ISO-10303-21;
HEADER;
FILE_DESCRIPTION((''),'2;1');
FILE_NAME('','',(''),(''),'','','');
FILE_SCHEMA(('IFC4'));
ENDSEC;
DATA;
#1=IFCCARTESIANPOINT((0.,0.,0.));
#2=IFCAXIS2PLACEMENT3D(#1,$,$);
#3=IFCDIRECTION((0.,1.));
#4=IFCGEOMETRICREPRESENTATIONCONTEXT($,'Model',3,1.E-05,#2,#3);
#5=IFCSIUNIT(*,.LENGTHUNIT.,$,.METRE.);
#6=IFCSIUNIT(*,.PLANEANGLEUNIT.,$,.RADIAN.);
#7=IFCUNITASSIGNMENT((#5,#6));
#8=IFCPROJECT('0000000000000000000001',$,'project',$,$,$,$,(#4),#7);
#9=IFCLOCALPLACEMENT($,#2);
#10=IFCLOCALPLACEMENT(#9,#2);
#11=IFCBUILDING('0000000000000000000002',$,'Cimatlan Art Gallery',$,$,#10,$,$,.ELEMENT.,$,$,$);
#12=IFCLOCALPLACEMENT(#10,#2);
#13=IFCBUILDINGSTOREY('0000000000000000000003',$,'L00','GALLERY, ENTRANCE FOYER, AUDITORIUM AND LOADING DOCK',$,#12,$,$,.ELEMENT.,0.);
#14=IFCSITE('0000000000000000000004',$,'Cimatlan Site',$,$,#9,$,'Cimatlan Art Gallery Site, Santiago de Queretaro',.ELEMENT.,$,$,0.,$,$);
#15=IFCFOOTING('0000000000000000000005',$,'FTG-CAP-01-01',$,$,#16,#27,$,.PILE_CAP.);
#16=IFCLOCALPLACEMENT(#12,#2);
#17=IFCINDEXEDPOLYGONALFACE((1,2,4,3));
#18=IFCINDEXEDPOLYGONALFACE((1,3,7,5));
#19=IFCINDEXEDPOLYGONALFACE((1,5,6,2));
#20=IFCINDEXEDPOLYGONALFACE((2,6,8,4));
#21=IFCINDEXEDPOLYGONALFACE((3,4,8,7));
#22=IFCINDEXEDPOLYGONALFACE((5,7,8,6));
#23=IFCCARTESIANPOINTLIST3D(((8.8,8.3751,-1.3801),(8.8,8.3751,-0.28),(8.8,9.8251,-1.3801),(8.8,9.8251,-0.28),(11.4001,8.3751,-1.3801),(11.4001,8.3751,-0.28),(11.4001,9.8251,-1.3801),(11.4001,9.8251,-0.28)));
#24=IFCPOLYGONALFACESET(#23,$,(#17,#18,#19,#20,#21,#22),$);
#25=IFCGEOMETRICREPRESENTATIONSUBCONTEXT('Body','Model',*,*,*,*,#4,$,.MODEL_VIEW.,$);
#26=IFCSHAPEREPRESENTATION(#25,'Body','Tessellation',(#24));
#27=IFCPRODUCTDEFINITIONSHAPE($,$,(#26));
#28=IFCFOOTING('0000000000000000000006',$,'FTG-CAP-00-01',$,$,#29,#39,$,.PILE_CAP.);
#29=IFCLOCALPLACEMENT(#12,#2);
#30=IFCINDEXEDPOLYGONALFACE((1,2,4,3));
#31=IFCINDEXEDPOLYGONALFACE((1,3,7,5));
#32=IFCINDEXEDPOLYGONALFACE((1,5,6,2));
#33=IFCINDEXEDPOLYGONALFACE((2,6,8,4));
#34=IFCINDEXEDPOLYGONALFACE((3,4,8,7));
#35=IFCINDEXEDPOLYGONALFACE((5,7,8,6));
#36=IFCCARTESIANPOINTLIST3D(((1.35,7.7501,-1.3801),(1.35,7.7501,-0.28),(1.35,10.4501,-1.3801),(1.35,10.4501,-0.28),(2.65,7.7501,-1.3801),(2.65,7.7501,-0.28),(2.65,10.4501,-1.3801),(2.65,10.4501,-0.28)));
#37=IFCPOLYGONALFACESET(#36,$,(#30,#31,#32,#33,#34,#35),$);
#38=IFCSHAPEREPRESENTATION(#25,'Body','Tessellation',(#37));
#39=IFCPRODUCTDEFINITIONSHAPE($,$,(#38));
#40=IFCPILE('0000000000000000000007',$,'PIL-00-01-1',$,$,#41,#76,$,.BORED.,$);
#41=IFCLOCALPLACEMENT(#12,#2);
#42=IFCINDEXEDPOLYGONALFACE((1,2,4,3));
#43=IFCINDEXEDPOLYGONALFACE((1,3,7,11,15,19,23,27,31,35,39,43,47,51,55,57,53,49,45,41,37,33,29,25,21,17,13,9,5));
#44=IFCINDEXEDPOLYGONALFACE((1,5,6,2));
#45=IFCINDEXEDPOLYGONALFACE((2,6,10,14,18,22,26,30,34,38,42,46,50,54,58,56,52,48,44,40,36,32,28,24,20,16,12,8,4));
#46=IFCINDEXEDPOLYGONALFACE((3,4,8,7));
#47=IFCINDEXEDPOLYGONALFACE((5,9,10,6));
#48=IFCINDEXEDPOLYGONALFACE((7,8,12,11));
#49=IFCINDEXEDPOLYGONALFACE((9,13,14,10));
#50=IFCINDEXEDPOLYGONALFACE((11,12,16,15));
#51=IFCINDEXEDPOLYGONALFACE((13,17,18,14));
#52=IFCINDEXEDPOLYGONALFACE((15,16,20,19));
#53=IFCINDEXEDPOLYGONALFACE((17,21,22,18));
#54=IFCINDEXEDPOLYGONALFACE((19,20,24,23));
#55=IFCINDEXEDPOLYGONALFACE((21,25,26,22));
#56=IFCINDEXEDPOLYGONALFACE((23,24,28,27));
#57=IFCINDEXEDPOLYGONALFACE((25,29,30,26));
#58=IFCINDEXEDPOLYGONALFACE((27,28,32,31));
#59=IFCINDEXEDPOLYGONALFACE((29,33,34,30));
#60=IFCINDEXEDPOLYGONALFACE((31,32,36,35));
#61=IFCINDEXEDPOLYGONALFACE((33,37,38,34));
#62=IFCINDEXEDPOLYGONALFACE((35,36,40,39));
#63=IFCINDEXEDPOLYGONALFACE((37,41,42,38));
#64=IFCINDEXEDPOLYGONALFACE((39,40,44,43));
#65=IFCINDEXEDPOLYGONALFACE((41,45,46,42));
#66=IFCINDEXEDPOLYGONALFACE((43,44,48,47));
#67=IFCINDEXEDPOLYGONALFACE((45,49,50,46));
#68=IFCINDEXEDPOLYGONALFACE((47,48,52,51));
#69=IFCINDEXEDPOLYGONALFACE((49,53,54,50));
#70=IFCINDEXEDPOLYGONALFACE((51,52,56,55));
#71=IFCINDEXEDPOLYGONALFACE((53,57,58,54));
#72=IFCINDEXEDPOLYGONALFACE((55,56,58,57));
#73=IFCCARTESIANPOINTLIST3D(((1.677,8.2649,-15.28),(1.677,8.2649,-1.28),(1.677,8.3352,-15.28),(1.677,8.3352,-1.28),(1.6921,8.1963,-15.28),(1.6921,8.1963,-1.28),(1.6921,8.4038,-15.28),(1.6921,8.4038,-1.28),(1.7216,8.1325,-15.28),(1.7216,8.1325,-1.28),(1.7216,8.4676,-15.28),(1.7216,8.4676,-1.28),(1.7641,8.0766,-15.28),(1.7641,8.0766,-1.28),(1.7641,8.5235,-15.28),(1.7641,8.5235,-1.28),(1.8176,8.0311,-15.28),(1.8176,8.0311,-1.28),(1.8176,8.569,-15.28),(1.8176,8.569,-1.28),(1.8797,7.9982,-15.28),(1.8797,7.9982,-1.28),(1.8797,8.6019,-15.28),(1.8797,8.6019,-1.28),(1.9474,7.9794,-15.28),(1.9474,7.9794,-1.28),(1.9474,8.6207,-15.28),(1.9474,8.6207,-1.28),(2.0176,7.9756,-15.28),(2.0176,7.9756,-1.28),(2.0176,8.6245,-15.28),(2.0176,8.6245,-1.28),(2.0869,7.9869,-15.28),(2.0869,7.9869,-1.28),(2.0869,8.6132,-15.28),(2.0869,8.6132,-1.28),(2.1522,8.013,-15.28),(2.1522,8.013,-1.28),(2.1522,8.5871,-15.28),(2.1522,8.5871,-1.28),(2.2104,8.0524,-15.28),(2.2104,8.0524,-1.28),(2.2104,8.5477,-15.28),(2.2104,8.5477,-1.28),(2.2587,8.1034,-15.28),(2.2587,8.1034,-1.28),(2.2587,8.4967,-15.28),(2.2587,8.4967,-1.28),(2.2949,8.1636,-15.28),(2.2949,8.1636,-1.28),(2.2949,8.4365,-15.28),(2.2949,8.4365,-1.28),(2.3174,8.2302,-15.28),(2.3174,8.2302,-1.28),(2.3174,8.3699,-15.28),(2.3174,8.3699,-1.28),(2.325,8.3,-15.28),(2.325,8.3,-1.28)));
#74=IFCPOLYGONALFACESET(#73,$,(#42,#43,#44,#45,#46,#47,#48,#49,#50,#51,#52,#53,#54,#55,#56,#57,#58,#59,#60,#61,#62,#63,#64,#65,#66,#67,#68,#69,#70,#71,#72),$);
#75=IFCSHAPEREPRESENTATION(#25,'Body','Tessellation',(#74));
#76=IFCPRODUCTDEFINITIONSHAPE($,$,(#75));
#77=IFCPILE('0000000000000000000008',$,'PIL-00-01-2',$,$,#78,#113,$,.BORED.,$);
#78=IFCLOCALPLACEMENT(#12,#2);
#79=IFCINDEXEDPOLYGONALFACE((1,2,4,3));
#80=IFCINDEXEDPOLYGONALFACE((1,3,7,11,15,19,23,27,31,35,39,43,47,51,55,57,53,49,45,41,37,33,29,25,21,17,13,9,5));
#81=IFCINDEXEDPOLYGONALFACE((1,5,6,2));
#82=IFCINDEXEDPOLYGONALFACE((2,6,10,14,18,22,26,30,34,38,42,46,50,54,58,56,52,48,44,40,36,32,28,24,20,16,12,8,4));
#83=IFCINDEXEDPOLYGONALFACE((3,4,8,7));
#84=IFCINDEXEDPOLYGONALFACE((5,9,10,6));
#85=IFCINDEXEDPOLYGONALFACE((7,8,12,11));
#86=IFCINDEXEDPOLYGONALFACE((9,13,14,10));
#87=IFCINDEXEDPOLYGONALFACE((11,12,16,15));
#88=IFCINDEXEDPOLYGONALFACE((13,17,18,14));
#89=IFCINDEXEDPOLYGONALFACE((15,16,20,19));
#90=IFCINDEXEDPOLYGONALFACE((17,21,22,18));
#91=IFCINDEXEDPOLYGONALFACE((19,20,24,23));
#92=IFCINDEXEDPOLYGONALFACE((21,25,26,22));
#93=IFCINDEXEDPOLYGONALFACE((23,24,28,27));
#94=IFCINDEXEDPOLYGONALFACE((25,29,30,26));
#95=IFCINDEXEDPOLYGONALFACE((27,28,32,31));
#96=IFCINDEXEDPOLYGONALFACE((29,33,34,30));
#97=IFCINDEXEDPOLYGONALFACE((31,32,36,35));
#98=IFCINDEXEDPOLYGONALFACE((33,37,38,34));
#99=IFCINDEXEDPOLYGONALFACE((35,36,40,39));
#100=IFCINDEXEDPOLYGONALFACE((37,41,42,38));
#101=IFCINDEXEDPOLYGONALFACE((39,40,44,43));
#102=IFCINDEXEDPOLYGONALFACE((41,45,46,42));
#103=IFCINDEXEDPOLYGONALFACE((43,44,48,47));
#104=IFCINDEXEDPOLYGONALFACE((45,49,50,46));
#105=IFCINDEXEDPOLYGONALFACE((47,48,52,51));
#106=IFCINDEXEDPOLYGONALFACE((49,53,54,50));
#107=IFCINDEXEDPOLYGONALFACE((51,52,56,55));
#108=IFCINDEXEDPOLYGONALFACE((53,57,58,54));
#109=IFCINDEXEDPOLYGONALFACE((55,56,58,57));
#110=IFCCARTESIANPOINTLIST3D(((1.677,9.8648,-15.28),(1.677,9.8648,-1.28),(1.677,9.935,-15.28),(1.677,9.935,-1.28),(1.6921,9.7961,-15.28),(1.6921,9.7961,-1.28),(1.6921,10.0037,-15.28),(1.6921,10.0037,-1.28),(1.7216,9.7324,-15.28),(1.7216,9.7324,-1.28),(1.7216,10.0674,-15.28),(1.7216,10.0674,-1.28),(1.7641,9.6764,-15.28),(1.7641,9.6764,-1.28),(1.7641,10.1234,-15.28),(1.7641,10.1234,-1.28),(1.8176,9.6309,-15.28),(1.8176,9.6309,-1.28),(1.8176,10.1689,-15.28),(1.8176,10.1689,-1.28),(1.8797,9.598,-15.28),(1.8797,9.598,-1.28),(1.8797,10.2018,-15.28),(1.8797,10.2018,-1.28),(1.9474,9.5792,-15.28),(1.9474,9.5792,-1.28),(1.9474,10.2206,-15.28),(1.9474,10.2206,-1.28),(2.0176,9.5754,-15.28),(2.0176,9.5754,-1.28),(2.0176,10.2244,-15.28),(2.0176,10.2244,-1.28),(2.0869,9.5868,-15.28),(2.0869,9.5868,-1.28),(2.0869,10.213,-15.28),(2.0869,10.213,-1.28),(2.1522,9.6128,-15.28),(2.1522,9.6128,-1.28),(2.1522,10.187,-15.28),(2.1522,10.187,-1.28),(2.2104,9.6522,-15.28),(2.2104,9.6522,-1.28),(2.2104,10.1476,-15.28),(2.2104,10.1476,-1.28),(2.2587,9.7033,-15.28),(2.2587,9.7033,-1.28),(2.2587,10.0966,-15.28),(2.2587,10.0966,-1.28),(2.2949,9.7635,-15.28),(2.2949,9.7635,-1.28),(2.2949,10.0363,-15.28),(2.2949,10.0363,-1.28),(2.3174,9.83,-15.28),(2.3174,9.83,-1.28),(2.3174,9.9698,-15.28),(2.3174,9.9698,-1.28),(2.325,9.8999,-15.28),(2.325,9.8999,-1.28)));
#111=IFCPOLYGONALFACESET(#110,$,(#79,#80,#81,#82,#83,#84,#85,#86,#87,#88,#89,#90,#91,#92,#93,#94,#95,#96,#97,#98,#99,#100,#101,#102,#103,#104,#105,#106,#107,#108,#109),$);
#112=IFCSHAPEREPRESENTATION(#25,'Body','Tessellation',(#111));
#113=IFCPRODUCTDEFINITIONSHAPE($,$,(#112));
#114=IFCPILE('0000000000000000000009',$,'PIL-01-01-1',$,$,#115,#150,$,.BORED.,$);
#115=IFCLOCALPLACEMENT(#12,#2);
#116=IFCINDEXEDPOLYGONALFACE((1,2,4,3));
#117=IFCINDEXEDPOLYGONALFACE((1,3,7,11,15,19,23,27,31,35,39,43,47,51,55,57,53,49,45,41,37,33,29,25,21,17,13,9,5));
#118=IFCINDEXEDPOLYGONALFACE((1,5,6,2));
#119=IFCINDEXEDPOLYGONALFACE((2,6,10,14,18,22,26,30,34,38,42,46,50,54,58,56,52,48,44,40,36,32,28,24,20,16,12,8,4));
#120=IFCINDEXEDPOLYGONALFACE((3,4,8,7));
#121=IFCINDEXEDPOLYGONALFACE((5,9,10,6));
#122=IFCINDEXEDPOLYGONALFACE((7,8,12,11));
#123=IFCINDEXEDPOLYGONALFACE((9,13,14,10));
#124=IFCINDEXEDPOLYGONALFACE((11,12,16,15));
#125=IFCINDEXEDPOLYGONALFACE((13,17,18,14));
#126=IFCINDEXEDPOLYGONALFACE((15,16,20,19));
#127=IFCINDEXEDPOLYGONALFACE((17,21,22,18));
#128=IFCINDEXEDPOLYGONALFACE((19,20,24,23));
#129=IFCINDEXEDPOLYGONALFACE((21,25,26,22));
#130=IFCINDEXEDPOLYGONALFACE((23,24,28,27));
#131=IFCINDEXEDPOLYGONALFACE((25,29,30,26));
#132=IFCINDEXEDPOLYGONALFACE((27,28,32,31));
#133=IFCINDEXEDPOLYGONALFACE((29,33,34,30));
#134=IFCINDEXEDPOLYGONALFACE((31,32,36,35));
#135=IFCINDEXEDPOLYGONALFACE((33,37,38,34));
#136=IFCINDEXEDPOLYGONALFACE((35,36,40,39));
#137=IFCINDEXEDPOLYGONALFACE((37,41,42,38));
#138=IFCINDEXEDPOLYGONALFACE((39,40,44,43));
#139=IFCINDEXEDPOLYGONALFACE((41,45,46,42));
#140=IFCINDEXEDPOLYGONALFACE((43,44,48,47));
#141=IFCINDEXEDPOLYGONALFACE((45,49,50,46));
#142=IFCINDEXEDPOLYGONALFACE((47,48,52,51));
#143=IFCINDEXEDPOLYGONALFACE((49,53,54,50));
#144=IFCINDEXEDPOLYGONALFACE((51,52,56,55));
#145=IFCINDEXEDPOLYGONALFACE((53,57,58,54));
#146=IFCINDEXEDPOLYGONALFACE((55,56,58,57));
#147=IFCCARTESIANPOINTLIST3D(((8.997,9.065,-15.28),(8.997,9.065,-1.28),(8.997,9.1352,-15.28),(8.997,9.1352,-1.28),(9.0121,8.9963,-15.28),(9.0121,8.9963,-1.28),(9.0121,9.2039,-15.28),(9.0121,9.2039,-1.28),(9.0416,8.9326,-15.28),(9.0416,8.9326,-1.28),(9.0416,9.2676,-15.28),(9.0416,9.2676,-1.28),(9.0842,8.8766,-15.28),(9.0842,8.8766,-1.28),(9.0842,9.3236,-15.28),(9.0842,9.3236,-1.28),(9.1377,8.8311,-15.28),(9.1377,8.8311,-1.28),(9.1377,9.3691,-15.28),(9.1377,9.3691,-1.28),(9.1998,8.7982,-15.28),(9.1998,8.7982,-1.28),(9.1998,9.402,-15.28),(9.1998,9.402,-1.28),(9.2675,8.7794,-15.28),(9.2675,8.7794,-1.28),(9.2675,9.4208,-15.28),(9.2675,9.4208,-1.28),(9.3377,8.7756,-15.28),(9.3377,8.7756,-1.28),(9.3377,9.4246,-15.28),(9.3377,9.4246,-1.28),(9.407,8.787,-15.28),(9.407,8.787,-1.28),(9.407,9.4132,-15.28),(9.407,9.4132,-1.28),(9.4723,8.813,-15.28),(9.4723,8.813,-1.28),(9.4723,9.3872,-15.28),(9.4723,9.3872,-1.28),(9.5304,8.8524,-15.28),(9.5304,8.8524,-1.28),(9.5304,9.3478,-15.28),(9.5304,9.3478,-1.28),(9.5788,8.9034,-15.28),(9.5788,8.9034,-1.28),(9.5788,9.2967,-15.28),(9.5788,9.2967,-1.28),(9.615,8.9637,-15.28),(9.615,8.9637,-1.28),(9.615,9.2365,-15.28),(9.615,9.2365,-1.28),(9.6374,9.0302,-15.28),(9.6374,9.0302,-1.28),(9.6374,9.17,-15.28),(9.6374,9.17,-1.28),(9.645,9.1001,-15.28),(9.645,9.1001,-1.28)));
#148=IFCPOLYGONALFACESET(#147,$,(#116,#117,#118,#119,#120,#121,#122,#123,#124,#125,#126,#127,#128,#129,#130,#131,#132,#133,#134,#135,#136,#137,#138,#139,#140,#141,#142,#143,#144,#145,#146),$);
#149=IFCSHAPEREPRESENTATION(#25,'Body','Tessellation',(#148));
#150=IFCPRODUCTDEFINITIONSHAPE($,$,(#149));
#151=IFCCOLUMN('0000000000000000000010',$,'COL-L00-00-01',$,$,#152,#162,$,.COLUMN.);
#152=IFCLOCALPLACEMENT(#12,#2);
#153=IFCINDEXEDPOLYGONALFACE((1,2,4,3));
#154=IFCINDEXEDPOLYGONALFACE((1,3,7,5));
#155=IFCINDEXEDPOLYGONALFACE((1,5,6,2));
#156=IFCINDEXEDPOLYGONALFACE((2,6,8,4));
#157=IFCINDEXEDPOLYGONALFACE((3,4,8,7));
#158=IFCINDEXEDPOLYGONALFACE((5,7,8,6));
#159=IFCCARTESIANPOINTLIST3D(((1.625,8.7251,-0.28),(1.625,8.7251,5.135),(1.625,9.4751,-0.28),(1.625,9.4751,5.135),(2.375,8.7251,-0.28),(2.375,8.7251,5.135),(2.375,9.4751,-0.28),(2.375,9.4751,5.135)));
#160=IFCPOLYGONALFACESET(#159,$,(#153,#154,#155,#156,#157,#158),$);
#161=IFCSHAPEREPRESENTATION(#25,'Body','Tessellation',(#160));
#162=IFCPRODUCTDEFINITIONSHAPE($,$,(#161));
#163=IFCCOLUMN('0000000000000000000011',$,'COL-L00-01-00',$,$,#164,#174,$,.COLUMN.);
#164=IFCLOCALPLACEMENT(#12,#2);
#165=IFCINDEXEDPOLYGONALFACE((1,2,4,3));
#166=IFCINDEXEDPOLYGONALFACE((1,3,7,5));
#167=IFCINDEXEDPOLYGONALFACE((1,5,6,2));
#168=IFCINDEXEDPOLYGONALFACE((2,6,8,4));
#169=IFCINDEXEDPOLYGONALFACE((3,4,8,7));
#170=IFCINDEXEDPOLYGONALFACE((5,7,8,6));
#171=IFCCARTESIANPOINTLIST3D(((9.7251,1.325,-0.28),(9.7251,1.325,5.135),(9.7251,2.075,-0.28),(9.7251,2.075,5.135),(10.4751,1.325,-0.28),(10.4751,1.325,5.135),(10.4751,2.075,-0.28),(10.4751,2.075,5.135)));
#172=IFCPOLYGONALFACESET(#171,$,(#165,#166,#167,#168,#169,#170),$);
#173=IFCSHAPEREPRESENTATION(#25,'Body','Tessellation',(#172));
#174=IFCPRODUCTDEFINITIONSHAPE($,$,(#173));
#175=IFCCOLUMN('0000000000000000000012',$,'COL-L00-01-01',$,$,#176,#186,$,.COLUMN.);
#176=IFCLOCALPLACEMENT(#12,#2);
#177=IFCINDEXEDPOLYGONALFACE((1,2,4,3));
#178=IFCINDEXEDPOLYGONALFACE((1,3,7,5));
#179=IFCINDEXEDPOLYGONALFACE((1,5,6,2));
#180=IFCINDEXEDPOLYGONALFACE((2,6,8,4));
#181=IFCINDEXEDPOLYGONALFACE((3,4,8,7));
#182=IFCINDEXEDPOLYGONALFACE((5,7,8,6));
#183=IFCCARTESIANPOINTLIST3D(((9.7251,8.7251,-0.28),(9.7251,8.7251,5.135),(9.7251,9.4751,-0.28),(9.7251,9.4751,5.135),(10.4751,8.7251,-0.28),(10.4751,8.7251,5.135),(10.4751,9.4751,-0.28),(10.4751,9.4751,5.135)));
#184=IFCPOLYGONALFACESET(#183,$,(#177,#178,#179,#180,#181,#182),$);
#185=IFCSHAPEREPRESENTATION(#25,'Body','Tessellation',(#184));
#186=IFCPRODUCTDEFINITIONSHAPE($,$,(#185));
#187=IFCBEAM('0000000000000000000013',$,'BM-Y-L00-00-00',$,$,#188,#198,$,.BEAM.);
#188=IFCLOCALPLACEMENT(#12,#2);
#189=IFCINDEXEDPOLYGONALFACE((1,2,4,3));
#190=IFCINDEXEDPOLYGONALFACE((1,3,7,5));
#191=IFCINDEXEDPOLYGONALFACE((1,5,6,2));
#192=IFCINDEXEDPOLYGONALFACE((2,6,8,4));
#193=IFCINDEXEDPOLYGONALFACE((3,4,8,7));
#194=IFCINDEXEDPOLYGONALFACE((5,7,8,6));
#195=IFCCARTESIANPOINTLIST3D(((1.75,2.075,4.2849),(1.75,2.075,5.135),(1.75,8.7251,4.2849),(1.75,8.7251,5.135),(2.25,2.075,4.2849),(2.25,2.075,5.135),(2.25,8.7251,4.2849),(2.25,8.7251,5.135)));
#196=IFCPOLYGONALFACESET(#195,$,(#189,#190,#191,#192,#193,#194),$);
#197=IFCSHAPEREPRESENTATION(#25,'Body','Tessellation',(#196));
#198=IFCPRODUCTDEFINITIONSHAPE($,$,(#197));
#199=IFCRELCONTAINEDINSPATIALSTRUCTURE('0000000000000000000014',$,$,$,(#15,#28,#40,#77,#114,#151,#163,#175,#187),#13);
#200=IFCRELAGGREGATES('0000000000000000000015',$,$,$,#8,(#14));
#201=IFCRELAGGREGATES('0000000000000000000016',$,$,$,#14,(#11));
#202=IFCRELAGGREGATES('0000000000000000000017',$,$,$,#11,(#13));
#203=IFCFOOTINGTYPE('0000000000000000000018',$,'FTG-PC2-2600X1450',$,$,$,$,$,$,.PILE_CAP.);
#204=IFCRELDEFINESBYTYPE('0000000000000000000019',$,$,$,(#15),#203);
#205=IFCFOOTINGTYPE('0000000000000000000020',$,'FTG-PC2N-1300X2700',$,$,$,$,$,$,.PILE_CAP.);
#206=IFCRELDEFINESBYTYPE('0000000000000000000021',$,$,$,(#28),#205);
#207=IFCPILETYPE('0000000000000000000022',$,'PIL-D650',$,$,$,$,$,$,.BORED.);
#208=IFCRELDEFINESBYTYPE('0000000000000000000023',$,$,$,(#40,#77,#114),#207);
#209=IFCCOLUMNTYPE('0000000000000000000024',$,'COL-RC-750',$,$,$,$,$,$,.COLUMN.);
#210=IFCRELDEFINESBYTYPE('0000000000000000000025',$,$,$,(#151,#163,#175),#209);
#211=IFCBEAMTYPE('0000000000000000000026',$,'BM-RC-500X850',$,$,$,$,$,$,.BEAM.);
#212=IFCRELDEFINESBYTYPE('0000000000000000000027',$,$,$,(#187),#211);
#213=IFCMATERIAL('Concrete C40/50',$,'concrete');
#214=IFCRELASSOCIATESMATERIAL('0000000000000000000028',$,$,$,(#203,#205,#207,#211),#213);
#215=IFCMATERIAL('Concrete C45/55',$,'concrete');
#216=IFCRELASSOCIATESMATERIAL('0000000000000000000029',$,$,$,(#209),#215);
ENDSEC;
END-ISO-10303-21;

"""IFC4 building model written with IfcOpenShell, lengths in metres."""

from ifc_helpers import new_model, si_unit, direction, frame, origin, origin_2d, place, context, subcontext, project, spatial, rectangle, circle, extrude, material, material_profile, profile_set, type_object, element, save


model = new_model("IFC4")

# Units and contexts
model_context = context("Model", 3, precision=1e-05, world=origin(), true_north=direction((0.0, 1.0)))
body_context = subcontext(model_context, "Body", "Model", "MODEL_VIEW")
ifc_project = project(units=[si_unit("LENGTHUNIT", "METRE"), si_unit("PLANEANGLEUNIT", "RADIAN")], contexts=[model_context])

# Site, building, storey
site_placement = place(None, origin())
site = spatial("IfcSite", under=ifc_project, at=site_placement, Name="Cimatlan Site", LongName="Cimatlan Art Gallery Site, Santiago de Queretaro", CompositionType="ELEMENT", RefElevation=0.0)
building_placement = place(site_placement, origin())
building = spatial("IfcBuilding", under=site, at=building_placement, Name="Cimatlan Art Gallery", CompositionType="ELEMENT")
storey_placement = place(building_placement, origin())
storey = spatial("IfcBuildingStorey", under=building, at=storey_placement, Name="L00", Description="GALLERY, ENTRANCE FOYER, AUDITORIUM AND LOADING DOCK", CompositionType="ELEMENT", Elevation=0.0)

# Footings
ifc_material_1 = material(Name="Concrete C40/50", Category="concrete")
footing_type_1 = type_object("IfcFootingType", Name="FTG-PC2-2600X1450", PredefinedType="PILE_CAP", material=ifc_material_1)
footing_1_placement = place(storey_placement, frame((10.1001, 9.1001, -1.3801), z_axis=(0.0, 0.0, 1.0), x_axis=(1.0, 0.0, 0.0)))
element("IfcFooting", 1, at=footing_1_placement, inside=storey, type_object=footing_type_1, Name="FTG-CAP-01-01", PredefinedType="PILE_CAP", context=body_context, shape_type="SweptSolid", body=[
    extrude(rectangle(XDim=2.6001, YDim=1.45, at=origin_2d()), origin(), (0.0, 0.0, 1.0), 1.1001),
])
footing_type_2 = type_object("IfcFootingType", Name="FTG-PC2N-1300X2700", PredefinedType="PILE_CAP", material=ifc_material_1)
footing_2_placement = place(storey_placement, frame((2.0, 9.1001, -1.3801), z_axis=(0.0, 0.0, 1.0), x_axis=(1.0, 0.0, 0.0)))
element("IfcFooting", 2, at=footing_2_placement, inside=storey, type_object=footing_type_2, Name="FTG-CAP-00-01", PredefinedType="PILE_CAP", context=body_context, shape_type="SweptSolid", body=[
    extrude(rectangle(XDim=1.3, YDim=2.7, at=origin_2d()), origin(), (0.0, 0.0, 1.0), 1.1001),
])

# Piles
pile_type = type_object("IfcPileType", Name="PIL-D650", PredefinedType="BORED", material=ifc_material_1)
for number, where, z_axis, x_axis, name in (
    (3, (2.0, 8.3, -1.28), (0.0, 0.0, -1.0), (1.0, 0.0, 0.0), "PIL-00-01-1"),
    (4, (2.0, 9.8999, -1.28), (0.0, 0.0, -1.0), (1.0, 0.0, 0.0), "PIL-00-01-2"),
    (5, (9.3201, 9.1001, -1.28), (0.0, 0.0, -1.0), (1.0, 0.0, 0.0), "PIL-01-01-1"),
):
    element("IfcPile", number, at=place(storey_placement, frame(where, z_axis=z_axis, x_axis=x_axis)), inside=storey, type_object=pile_type, Name=name, PredefinedType="BORED", context=body_context, shape_type="SweptSolid", body=[
        extrude(circle(Radius=0.325, at=origin_2d()), origin(), (0.0, 0.0, 1.0), 14.0),
    ])

# Columns
ifc_material_2 = material(Name="Concrete C45/55", Category="concrete")
ifc_material_profile_1 = material_profile(ifc_material_2, rectangle(XDim=0.75, YDim=0.75, at=origin_2d()), Name="RC750X750")
ifc_profile_set_1 = profile_set([ifc_material_profile_1], Name="Concrete C45/55")
column_type = type_object("IfcColumnType", Name="COL-RC-750", PredefinedType="COLUMN", material=ifc_profile_set_1)
for number, where, z_axis, x_axis, name in (
    (6, (2.0, 9.1001, -0.28), (0.0, 0.0, 1.0), (1.0, 0.0, 0.0), "COL-L00-00-01"),
    (7, (10.1001, 1.7, -0.28), (0.0, 0.0, 1.0), (1.0, 0.0, 0.0), "COL-L00-01-00"),
    (8, (10.1001, 9.1001, -0.28), (0.0, 0.0, 1.0), (1.0, 0.0, 0.0), "COL-L00-01-01"),
):
    element("IfcColumn", number, at=place(storey_placement, frame(where, z_axis=z_axis, x_axis=x_axis)), inside=storey, type_object=column_type, Name=name, PredefinedType="COLUMN", context=body_context, shape_type="SweptSolid", body=[
        extrude(rectangle(XDim=0.75, YDim=0.75, at=origin_2d()), origin(), (0.0, 0.0, 1.0), 5.415),
    ])

# Beam
ifc_material_profile_2 = material_profile(ifc_material_1, rectangle(XDim=0.5, YDim=0.8501, at=origin_2d()), Name="RC500X850")
ifc_profile_set_2 = profile_set([ifc_material_profile_2], Name="Concrete C40/50")
beam_type_1 = type_object("IfcBeamType", Name="BM-RC-500X850", PredefinedType="BEAM", material=ifc_profile_set_2)
beam_1_placement = place(storey_placement, frame((2.0, 2.075, 4.71), z_axis=(0.0, 1.0, 0.0), x_axis=(-1.0, 0.0, 0.0)))
element("IfcBeam", 9, at=beam_1_placement, inside=storey, type_object=beam_type_1, Name="BM-Y-L00-00-00", PredefinedType="BEAM", context=body_context, shape_type="SweptSolid", body=[
    extrude(rectangle(XDim=0.5, YDim=0.8501, at=origin_2d()), origin(), (0.0, 0.0, 1.0), 6.6501),
])

save(model, "model.ifc")
